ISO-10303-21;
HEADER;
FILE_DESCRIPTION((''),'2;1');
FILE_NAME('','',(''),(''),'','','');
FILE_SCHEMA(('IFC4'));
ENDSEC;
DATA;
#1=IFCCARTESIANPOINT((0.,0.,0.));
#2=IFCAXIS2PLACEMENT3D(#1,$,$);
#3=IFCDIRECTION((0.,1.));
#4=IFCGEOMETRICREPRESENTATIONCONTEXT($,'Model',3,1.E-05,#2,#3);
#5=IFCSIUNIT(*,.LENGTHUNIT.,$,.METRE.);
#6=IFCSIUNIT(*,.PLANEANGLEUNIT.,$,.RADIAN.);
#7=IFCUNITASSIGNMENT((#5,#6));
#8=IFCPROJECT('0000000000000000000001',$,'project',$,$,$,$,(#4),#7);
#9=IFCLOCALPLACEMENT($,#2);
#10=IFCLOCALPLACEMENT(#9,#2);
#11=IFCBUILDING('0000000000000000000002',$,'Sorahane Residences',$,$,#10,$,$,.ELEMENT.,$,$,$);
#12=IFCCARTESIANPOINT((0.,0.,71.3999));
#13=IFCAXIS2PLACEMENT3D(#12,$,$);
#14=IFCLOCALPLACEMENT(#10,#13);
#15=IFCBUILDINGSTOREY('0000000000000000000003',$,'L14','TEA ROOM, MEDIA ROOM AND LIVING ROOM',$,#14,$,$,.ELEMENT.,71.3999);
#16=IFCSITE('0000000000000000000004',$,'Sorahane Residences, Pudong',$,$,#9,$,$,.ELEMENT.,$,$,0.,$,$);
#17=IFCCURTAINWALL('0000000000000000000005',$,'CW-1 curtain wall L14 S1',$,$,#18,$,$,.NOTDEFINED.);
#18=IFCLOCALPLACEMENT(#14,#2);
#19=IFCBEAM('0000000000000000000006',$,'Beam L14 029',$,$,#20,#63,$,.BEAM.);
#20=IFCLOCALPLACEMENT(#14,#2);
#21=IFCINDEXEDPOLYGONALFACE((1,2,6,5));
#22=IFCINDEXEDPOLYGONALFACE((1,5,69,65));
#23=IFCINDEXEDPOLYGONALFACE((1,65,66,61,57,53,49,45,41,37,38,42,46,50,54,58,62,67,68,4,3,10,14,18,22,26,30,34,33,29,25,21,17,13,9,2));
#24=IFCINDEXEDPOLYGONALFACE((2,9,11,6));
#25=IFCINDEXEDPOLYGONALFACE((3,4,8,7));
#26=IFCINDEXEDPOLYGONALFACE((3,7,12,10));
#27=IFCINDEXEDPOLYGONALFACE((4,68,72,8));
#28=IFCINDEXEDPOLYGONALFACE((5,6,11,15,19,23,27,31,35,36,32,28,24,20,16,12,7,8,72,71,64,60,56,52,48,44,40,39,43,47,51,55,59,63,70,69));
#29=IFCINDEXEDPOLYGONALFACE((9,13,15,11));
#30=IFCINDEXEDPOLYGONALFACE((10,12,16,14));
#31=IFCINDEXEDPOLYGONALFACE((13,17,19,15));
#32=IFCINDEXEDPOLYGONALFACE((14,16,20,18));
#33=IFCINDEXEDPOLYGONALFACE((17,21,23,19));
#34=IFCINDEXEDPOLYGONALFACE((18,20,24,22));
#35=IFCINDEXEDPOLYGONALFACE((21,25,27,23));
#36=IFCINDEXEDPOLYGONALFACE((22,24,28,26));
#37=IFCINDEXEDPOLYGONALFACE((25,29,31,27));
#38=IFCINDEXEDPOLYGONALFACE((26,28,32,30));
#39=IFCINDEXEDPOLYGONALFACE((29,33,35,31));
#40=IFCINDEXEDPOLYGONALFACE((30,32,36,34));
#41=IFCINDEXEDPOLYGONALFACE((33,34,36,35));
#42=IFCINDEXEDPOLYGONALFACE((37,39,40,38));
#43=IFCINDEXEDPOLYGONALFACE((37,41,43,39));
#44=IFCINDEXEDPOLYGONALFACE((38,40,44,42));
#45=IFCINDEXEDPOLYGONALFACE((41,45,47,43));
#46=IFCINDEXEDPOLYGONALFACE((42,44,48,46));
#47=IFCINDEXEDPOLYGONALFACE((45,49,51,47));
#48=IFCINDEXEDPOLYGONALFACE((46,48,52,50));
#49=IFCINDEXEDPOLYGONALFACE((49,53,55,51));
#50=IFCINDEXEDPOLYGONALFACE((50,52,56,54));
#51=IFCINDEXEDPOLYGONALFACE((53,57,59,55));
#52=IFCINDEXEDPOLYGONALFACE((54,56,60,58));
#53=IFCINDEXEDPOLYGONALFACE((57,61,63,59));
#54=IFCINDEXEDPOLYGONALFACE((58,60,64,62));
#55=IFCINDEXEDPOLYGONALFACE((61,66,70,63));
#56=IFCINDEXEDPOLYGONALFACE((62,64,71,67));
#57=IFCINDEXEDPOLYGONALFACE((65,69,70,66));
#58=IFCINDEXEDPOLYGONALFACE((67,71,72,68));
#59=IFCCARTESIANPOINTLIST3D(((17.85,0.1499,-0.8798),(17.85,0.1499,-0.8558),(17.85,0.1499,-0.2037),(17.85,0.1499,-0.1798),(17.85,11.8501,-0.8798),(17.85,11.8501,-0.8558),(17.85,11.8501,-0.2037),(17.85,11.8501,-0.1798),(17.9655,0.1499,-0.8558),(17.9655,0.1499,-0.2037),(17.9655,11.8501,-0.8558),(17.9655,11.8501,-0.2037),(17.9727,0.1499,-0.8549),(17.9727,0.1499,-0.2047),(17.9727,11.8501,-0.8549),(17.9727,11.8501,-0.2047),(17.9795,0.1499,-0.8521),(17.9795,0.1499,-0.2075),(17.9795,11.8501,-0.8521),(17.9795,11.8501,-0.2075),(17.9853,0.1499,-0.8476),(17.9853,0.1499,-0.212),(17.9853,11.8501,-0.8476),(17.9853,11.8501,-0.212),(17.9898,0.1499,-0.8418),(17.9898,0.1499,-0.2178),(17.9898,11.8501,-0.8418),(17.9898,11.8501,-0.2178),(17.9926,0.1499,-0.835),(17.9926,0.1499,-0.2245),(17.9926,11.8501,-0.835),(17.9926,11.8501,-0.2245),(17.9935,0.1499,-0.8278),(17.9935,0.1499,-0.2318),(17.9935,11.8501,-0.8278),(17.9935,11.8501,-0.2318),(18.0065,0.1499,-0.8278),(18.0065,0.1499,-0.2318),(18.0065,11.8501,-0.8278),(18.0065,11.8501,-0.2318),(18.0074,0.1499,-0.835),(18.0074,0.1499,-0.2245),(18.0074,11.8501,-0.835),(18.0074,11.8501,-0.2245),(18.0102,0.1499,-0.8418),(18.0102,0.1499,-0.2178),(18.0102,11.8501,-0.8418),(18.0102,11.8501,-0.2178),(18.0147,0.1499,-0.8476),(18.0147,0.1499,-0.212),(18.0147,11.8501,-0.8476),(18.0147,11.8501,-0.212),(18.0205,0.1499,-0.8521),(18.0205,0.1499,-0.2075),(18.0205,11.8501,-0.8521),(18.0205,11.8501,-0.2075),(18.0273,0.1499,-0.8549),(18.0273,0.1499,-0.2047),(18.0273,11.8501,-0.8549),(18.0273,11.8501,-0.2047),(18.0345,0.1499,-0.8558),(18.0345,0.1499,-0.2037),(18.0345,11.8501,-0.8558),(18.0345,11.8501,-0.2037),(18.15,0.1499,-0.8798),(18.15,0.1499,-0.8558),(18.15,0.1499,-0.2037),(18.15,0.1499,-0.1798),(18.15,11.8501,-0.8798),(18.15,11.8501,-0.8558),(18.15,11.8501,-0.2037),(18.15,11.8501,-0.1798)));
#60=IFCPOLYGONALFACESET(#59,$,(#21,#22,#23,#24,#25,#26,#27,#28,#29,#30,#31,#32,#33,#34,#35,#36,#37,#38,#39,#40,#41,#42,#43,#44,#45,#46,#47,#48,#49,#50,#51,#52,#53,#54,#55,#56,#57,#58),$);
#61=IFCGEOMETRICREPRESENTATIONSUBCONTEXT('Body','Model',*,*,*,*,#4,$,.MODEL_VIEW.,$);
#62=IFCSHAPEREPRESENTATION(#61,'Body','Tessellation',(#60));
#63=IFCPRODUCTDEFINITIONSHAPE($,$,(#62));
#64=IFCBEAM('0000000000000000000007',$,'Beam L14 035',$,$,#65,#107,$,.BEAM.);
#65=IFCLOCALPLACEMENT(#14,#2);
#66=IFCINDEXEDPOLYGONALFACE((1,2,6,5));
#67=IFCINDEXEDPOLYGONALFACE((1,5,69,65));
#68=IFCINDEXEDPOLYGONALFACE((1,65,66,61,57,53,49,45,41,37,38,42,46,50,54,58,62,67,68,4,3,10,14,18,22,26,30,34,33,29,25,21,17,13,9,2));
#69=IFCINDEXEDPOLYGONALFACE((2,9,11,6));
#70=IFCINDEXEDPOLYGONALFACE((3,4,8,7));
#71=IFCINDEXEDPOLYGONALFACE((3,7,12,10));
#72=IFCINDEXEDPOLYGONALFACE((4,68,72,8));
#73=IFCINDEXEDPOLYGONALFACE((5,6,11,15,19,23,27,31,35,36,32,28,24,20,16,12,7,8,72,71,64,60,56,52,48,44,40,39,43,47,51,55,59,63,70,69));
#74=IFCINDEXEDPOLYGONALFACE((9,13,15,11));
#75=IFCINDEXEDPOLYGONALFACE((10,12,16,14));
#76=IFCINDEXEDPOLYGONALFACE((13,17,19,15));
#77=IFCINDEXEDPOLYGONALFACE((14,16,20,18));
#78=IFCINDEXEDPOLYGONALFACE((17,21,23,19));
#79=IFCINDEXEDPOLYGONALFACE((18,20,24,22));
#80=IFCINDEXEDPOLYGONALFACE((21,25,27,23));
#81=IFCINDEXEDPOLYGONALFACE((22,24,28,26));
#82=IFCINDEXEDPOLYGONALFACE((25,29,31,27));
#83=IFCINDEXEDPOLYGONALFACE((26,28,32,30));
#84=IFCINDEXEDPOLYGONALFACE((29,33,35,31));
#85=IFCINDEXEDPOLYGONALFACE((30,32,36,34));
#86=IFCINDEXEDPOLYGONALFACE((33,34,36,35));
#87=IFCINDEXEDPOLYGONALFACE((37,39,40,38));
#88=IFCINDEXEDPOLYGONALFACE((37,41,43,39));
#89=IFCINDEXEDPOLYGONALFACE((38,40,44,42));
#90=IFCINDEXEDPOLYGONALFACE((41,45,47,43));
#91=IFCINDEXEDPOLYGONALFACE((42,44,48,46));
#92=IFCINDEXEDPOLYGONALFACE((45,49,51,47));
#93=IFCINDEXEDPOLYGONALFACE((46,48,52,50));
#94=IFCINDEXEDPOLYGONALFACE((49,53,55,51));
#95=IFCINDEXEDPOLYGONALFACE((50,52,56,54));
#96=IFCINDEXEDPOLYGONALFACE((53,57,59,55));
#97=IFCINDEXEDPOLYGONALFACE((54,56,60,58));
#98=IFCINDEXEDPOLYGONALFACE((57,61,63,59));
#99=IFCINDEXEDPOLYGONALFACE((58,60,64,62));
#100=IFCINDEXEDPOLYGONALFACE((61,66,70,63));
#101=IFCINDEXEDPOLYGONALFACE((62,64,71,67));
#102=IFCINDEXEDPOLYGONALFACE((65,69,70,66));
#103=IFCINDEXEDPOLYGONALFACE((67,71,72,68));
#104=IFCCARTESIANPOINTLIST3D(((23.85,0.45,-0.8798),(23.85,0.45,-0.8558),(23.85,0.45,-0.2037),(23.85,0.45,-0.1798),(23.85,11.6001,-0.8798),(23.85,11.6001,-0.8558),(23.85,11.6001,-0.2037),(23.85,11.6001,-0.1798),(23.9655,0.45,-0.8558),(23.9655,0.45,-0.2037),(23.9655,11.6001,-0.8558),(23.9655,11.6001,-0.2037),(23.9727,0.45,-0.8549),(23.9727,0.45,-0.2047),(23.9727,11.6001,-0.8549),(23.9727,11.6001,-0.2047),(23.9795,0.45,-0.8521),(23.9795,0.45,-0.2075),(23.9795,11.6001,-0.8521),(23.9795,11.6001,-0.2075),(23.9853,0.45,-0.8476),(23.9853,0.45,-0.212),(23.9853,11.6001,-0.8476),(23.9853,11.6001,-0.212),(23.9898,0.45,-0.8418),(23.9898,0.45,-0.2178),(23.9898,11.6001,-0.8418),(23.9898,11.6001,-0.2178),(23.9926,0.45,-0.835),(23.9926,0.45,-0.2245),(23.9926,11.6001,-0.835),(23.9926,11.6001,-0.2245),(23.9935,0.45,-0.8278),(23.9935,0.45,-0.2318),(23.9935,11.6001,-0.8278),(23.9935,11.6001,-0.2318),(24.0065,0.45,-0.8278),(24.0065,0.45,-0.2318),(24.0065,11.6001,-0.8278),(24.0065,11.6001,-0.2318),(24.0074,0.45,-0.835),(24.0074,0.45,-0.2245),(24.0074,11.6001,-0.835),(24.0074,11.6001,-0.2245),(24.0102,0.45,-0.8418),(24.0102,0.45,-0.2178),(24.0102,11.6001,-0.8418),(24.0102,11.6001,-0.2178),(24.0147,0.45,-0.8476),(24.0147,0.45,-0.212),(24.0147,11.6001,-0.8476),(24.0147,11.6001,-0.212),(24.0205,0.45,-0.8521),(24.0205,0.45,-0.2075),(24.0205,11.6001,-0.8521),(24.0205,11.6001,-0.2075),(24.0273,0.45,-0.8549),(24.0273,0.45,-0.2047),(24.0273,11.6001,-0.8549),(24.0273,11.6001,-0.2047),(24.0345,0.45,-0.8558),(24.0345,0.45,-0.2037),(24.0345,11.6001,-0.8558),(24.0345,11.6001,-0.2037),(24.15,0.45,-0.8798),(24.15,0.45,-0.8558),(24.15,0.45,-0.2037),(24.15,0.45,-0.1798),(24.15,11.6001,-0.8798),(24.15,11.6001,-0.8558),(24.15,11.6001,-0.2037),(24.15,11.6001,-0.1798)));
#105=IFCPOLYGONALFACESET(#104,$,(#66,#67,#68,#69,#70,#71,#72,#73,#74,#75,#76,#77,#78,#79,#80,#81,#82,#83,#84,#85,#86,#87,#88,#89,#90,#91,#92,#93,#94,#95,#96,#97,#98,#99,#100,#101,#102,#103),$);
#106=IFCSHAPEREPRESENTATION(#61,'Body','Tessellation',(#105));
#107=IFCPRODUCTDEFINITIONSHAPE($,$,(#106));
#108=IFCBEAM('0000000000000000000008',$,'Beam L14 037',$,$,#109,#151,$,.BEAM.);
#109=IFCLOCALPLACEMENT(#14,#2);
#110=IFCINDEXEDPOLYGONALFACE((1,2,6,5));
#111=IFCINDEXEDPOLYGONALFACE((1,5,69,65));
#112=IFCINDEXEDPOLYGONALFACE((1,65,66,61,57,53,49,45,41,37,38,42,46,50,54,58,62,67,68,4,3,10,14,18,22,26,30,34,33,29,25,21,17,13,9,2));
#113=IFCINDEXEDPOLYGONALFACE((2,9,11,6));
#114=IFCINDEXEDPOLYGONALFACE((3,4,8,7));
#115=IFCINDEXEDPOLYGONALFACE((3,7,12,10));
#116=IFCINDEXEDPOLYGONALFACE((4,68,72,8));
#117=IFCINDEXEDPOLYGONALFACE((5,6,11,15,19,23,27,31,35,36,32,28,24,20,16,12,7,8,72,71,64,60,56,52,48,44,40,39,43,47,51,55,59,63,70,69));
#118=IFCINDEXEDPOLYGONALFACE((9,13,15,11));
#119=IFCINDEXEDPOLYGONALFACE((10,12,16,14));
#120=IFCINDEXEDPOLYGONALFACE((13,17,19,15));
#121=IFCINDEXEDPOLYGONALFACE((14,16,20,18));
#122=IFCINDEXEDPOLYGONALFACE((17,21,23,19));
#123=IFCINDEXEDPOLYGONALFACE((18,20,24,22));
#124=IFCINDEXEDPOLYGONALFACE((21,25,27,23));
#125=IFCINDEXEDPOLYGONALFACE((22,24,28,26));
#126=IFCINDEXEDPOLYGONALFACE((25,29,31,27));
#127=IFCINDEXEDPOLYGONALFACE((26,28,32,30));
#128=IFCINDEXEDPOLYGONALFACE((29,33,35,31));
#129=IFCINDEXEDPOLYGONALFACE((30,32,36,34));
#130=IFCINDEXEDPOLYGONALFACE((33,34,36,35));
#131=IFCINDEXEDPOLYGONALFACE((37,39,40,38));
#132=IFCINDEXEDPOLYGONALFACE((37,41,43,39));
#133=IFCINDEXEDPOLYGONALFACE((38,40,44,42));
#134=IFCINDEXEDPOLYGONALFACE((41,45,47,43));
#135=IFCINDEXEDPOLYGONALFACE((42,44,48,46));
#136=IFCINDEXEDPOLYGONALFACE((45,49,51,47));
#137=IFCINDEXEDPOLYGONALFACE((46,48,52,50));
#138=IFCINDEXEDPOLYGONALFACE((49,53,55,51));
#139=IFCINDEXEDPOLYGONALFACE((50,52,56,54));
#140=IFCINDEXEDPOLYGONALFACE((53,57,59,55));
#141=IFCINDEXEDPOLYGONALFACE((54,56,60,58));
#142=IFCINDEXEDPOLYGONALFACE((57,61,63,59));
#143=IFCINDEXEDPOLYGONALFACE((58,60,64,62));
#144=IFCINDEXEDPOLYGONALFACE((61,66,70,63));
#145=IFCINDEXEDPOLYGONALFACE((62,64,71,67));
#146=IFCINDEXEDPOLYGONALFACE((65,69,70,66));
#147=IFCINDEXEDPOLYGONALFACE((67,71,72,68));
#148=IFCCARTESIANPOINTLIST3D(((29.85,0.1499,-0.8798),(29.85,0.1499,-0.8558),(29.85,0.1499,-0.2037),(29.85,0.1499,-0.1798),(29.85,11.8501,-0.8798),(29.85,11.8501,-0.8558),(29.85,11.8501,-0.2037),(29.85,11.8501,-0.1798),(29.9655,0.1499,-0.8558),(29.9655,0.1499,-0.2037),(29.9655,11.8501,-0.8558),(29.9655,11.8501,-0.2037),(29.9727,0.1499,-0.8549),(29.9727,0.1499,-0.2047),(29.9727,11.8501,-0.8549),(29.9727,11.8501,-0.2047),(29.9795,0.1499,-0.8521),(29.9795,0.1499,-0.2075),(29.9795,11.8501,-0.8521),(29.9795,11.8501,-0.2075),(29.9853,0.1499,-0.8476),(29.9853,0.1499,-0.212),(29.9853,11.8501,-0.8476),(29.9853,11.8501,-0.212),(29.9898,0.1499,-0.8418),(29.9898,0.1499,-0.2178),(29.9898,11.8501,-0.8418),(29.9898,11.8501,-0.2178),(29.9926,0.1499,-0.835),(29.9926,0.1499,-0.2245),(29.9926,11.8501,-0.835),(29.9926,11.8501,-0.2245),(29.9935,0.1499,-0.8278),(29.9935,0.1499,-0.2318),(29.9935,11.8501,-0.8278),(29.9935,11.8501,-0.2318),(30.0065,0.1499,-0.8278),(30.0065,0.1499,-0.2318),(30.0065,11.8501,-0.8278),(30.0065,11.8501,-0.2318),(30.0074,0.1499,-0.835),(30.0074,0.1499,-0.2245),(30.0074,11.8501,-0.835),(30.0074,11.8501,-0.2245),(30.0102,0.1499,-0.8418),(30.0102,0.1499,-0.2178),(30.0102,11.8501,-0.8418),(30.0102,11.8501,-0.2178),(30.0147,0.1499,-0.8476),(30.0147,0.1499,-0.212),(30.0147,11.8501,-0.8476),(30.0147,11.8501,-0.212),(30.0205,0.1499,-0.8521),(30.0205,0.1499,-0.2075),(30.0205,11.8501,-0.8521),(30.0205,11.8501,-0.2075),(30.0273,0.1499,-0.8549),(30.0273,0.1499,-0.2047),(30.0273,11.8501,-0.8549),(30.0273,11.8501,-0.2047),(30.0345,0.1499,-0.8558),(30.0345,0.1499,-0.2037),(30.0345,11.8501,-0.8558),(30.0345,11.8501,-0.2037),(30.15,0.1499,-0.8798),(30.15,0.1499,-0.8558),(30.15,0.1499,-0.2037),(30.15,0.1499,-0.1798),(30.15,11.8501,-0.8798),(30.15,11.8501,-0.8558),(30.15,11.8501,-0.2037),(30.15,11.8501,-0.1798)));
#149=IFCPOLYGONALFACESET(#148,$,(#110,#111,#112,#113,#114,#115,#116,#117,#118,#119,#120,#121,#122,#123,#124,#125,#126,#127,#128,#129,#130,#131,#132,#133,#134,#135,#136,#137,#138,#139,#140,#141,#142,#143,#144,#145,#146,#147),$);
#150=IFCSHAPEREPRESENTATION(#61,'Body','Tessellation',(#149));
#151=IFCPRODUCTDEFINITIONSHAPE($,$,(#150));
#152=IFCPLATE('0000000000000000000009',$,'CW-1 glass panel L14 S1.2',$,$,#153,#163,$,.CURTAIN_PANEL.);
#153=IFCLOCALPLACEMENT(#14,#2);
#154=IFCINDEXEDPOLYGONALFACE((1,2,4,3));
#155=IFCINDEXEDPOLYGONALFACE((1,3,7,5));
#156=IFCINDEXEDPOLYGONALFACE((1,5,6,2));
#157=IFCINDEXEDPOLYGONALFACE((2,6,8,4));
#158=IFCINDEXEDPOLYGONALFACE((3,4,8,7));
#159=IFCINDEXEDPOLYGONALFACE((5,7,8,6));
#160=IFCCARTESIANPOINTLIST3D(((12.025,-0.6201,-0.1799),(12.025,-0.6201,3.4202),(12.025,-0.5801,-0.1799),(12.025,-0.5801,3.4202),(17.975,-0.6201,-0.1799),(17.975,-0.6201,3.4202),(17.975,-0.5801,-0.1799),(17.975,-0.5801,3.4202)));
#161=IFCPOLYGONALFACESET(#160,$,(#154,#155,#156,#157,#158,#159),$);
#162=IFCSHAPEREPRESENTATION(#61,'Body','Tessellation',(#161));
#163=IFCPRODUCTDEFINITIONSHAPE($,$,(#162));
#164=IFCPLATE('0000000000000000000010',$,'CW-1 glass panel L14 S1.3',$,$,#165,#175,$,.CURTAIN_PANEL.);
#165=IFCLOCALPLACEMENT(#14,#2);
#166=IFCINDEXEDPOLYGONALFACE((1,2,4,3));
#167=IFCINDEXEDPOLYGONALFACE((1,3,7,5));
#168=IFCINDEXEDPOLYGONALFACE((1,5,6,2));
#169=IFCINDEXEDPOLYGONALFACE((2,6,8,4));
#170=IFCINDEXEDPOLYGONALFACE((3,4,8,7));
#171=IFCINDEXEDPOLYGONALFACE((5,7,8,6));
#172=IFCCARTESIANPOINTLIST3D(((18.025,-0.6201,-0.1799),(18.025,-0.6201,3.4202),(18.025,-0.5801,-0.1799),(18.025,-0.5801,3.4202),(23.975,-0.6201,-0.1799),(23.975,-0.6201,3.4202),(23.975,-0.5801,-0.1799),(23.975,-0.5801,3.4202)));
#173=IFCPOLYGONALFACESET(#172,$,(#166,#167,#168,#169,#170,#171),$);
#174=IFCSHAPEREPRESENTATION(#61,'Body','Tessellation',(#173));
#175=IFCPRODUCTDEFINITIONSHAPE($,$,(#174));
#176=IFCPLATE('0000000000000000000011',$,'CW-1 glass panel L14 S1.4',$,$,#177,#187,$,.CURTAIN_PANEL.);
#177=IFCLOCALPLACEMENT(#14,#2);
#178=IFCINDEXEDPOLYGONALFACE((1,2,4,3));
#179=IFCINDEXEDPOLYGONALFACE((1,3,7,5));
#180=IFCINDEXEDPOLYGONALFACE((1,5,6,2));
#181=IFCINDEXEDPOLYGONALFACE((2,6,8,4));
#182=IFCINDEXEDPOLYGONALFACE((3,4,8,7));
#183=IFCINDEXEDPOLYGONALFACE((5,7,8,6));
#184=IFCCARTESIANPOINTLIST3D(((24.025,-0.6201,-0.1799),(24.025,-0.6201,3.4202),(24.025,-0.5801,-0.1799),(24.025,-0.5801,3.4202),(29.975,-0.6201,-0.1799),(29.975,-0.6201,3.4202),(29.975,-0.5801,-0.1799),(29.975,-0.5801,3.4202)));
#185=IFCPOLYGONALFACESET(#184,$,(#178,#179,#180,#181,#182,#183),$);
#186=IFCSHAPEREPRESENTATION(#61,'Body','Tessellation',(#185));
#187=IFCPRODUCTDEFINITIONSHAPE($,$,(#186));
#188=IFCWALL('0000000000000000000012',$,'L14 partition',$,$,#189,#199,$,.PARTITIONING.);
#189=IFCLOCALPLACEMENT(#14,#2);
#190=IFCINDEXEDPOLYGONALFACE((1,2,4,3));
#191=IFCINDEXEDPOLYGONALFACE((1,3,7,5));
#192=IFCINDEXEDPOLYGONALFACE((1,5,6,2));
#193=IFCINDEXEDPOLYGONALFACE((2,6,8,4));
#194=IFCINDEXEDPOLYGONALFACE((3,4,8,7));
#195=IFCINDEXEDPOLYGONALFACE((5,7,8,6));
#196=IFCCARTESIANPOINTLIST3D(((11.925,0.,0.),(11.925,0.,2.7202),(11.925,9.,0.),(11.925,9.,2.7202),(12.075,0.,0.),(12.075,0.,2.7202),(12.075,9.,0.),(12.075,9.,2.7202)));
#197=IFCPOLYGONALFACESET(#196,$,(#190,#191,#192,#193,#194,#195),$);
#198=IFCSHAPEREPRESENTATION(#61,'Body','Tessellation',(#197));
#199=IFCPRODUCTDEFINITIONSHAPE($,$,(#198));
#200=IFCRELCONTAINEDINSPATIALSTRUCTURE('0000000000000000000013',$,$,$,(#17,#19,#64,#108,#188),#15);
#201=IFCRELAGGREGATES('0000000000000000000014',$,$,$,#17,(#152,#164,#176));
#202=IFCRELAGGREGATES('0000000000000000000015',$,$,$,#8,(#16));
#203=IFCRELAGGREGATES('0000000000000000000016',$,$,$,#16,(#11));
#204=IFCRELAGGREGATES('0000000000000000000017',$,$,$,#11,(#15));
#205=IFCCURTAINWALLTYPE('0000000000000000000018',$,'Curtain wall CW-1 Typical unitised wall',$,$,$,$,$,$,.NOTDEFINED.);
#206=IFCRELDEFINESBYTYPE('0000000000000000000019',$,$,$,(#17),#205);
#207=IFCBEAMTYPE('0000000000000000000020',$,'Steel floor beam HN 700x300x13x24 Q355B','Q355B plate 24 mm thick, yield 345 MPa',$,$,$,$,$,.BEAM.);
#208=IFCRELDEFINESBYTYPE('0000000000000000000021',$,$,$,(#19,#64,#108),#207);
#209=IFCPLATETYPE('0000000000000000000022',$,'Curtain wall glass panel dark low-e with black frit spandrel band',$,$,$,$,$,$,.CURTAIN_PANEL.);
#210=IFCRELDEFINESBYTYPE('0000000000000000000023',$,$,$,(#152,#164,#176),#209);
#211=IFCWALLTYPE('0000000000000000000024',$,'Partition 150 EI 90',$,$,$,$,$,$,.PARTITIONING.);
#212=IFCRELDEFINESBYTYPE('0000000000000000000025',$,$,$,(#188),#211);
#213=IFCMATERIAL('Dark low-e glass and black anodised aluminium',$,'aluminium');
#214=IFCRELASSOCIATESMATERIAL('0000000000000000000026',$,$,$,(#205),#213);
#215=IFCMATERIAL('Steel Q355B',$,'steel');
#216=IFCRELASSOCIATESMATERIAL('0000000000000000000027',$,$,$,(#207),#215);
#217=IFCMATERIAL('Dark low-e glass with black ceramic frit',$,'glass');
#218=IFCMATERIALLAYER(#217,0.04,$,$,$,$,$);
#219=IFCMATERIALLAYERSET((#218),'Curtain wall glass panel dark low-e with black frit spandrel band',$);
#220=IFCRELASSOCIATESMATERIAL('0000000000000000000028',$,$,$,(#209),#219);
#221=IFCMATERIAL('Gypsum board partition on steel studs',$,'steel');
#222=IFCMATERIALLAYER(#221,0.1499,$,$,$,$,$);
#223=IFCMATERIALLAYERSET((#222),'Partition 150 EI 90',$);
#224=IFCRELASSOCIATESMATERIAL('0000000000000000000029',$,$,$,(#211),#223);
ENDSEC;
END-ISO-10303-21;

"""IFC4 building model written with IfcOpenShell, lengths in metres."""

from ifc_helpers import new_model, si_unit, direction, frame, frame_2d, origin, origin_2d, place, context, subcontext, project, spatial, rectangle, i_section, extrude, material, layer, layer_set, material_profile, profile_set, type_object, element, aggregate, save


model = new_model("IFC4")

# Units and contexts
model_context = context("Model", 3, precision=1e-05, world=origin(), true_north=direction((0.0, 1.0)))
body_context = subcontext(model_context, "Body", "Model", "MODEL_VIEW")
ifc_project = project(units=[si_unit("LENGTHUNIT", "METRE"), si_unit("PLANEANGLEUNIT", "RADIAN")], contexts=[model_context])

# Site, building, storey
site_placement = place(None, origin())
site = spatial("IfcSite", under=ifc_project, at=site_placement, Name="Sorahane Residences, Pudong", CompositionType="ELEMENT", RefElevation=0.0)
building_placement = place(site_placement, origin())
building = spatial("IfcBuilding", under=site, at=building_placement, Name="Sorahane Residences", CompositionType="ELEMENT")
storey_placement = place(building_placement, frame((0.0, 0.0, 71.3999)))
storey = spatial("IfcBuildingStorey", under=building, at=storey_placement, Name="L14", Description="TEA ROOM, MEDIA ROOM AND LIVING ROOM", CompositionType="ELEMENT", Elevation=71.3999)

# Curtain wall
ifc_material_1 = material(Name="Dark low-e glass and black anodised aluminium", Category="aluminium")
curtain_wall_type = type_object("IfcCurtainWallType", Name="Curtain wall CW-1 Typical unitised wall", PredefinedType="NOTDEFINED", material=ifc_material_1)
curtain_wall_placement = place(storey_placement, origin())
curtain_wall = element("IfcCurtainWall", 1, at=curtain_wall_placement, inside=storey, type_object=curtain_wall_type, Name="CW-1 curtain wall L14 S1", PredefinedType="NOTDEFINED")

# Beams
ifc_material_2 = material(Name="Steel Q355B", Category="steel")
ifc_material_profile_1 = material_profile(ifc_material_2, i_section(OverallWidth=0.3, OverallDepth=0.7, WebThickness=0.0129, FlangeThickness=0.0239, FilletRadius=0.0281, at=origin_2d()), Name="HN 700x300x13x24")
ifc_profile_set_1 = profile_set([ifc_material_profile_1], Name="Steel Q355B")
beam_type_1 = type_object("IfcBeamType", Name="Steel floor beam HN 700x300x13x24 Q355B", Description="Q355B plate 24 mm thick, yield 345 MPa", PredefinedType="BEAM", material=ifc_profile_set_1)
beam_1_placement = place(storey_placement, frame((18.0, 0.1499, -0.5298), z_axis=(0.0, 1.0, 0.0), x_axis=(-1.0, 0.0, 0.0)))
element("IfcBeam", 2, at=beam_1_placement, inside=storey, type_object=beam_type_1, Name="Beam L14 029", PredefinedType="BEAM", context=body_context, shape_type="SweptSolid", body=[
    extrude(i_section(OverallWidth=0.3, OverallDepth=0.7, WebThickness=0.0129, FlangeThickness=0.0239, FilletRadius=0.0281, at=origin_2d()), origin(), (0.0, 0.0, 1.0), 11.7002),
])
beam_2_placement = place(storey_placement, frame((24.0, 0.45, -0.5298), z_axis=(0.0, 1.0, 0.0), x_axis=(-1.0, 0.0, 0.0)))
element("IfcBeam", 3, at=beam_2_placement, inside=storey, type_object=beam_type_1, Name="Beam L14 035", PredefinedType="BEAM", context=body_context, shape_type="SweptSolid", body=[
    extrude(i_section(OverallWidth=0.3, OverallDepth=0.7, WebThickness=0.0129, FlangeThickness=0.0239, FilletRadius=0.0281, at=origin_2d()), origin(), (0.0, 0.0, 1.0), 11.1501),
])
beam_3_placement = place(storey_placement, frame((30.0, 0.1499, -0.5298), z_axis=(0.0, 1.0, 0.0), x_axis=(-1.0, 0.0, 0.0)))
element("IfcBeam", 4, at=beam_3_placement, inside=storey, type_object=beam_type_1, Name="Beam L14 037", PredefinedType="BEAM", context=body_context, shape_type="SweptSolid", body=[
    extrude(i_section(OverallWidth=0.3, OverallDepth=0.7, WebThickness=0.0129, FlangeThickness=0.0239, FilletRadius=0.0281, at=origin_2d()), origin(), (0.0, 0.0, 1.0), 11.7002),
])

# Plates
ifc_material_3 = material(Name="Dark low-e glass with black ceramic frit", Category="glass")
ifc_layer_1 = layer(ifc_material_3, 0.04)
ifc_layer_set_1 = layer_set([ifc_layer_1], Name="Curtain wall glass panel dark low-e with black frit spandrel band")
plate_type = type_object("IfcPlateType", Name="Curtain wall glass panel dark low-e with black frit spandrel band", PredefinedType="CURTAIN_PANEL", material=ifc_layer_set_1)
plate_1_placement = place(storey_placement, frame((15.0, -0.6001, -0.1799), z_axis=(0.0, 0.0, 1.0), x_axis=(1.0, 0.0, 0.0)))
plate_1 = element("IfcPlate", 5, at=plate_1_placement, type_object=plate_type, Name="CW-1 glass panel L14 S1.2", PredefinedType="CURTAIN_PANEL", context=body_context, shape_type="SweptSolid", body=[
    extrude(rectangle(XDim=5.95, YDim=0.04, at=origin_2d()), origin(), (0.0, 0.0, 1.0), 3.6001),
])
plate_2_placement = place(storey_placement, frame((21.0, -0.6001, -0.1799), z_axis=(0.0, 0.0, 1.0), x_axis=(1.0, 0.0, 0.0)))
plate_2 = element("IfcPlate", 6, at=plate_2_placement, type_object=plate_type, Name="CW-1 glass panel L14 S1.3", PredefinedType="CURTAIN_PANEL", context=body_context, shape_type="SweptSolid", body=[
    extrude(rectangle(XDim=5.95, YDim=0.04, at=origin_2d()), origin(), (0.0, 0.0, 1.0), 3.6001),
])
plate_3_placement = place(storey_placement, frame((27.0, -0.6001, -0.1799), z_axis=(0.0, 0.0, 1.0), x_axis=(1.0, 0.0, 0.0)))
plate_3 = element("IfcPlate", 7, at=plate_3_placement, type_object=plate_type, Name="CW-1 glass panel L14 S1.4", PredefinedType="CURTAIN_PANEL", context=body_context, shape_type="SweptSolid", body=[
    extrude(rectangle(XDim=5.95, YDim=0.04, at=origin_2d()), origin(), (0.0, 0.0, 1.0), 3.6001),
])
aggregate(curtain_wall, [plate_1, plate_2, plate_3])

# Wall
ifc_material_4 = material(Name="Gypsum board partition on steel studs", Category="steel")
ifc_layer_2 = layer(ifc_material_4, 0.1499)
ifc_layer_set_2 = layer_set([ifc_layer_2], Name="Partition 150 EI 90")
wall_type_1 = type_object("IfcWallType", Name="Partition 150 EI 90", PredefinedType="PARTITIONING", material=ifc_layer_set_2)
for number, where, z_axis, x_axis, name in (
    (8, (12.0, 0.0, 0.0), (0.0, 0.0, 1.0), (0.0, 1.0, 0.0), "L14 partition"),
):
    element("IfcWall", number, at=place(storey_placement, frame(where, z_axis=z_axis, x_axis=x_axis)), inside=storey, type_object=wall_type_1, Name=name, PredefinedType="PARTITIONING", context=body_context, shape_type="SweptSolid", body=[
        extrude(rectangle(XDim=9.0, YDim=0.1499, at=frame_2d((4.5, 0.0))), origin(), (0.0, 0.0, 1.0), 2.7202),
    ])

save(model, "model.ifc")
